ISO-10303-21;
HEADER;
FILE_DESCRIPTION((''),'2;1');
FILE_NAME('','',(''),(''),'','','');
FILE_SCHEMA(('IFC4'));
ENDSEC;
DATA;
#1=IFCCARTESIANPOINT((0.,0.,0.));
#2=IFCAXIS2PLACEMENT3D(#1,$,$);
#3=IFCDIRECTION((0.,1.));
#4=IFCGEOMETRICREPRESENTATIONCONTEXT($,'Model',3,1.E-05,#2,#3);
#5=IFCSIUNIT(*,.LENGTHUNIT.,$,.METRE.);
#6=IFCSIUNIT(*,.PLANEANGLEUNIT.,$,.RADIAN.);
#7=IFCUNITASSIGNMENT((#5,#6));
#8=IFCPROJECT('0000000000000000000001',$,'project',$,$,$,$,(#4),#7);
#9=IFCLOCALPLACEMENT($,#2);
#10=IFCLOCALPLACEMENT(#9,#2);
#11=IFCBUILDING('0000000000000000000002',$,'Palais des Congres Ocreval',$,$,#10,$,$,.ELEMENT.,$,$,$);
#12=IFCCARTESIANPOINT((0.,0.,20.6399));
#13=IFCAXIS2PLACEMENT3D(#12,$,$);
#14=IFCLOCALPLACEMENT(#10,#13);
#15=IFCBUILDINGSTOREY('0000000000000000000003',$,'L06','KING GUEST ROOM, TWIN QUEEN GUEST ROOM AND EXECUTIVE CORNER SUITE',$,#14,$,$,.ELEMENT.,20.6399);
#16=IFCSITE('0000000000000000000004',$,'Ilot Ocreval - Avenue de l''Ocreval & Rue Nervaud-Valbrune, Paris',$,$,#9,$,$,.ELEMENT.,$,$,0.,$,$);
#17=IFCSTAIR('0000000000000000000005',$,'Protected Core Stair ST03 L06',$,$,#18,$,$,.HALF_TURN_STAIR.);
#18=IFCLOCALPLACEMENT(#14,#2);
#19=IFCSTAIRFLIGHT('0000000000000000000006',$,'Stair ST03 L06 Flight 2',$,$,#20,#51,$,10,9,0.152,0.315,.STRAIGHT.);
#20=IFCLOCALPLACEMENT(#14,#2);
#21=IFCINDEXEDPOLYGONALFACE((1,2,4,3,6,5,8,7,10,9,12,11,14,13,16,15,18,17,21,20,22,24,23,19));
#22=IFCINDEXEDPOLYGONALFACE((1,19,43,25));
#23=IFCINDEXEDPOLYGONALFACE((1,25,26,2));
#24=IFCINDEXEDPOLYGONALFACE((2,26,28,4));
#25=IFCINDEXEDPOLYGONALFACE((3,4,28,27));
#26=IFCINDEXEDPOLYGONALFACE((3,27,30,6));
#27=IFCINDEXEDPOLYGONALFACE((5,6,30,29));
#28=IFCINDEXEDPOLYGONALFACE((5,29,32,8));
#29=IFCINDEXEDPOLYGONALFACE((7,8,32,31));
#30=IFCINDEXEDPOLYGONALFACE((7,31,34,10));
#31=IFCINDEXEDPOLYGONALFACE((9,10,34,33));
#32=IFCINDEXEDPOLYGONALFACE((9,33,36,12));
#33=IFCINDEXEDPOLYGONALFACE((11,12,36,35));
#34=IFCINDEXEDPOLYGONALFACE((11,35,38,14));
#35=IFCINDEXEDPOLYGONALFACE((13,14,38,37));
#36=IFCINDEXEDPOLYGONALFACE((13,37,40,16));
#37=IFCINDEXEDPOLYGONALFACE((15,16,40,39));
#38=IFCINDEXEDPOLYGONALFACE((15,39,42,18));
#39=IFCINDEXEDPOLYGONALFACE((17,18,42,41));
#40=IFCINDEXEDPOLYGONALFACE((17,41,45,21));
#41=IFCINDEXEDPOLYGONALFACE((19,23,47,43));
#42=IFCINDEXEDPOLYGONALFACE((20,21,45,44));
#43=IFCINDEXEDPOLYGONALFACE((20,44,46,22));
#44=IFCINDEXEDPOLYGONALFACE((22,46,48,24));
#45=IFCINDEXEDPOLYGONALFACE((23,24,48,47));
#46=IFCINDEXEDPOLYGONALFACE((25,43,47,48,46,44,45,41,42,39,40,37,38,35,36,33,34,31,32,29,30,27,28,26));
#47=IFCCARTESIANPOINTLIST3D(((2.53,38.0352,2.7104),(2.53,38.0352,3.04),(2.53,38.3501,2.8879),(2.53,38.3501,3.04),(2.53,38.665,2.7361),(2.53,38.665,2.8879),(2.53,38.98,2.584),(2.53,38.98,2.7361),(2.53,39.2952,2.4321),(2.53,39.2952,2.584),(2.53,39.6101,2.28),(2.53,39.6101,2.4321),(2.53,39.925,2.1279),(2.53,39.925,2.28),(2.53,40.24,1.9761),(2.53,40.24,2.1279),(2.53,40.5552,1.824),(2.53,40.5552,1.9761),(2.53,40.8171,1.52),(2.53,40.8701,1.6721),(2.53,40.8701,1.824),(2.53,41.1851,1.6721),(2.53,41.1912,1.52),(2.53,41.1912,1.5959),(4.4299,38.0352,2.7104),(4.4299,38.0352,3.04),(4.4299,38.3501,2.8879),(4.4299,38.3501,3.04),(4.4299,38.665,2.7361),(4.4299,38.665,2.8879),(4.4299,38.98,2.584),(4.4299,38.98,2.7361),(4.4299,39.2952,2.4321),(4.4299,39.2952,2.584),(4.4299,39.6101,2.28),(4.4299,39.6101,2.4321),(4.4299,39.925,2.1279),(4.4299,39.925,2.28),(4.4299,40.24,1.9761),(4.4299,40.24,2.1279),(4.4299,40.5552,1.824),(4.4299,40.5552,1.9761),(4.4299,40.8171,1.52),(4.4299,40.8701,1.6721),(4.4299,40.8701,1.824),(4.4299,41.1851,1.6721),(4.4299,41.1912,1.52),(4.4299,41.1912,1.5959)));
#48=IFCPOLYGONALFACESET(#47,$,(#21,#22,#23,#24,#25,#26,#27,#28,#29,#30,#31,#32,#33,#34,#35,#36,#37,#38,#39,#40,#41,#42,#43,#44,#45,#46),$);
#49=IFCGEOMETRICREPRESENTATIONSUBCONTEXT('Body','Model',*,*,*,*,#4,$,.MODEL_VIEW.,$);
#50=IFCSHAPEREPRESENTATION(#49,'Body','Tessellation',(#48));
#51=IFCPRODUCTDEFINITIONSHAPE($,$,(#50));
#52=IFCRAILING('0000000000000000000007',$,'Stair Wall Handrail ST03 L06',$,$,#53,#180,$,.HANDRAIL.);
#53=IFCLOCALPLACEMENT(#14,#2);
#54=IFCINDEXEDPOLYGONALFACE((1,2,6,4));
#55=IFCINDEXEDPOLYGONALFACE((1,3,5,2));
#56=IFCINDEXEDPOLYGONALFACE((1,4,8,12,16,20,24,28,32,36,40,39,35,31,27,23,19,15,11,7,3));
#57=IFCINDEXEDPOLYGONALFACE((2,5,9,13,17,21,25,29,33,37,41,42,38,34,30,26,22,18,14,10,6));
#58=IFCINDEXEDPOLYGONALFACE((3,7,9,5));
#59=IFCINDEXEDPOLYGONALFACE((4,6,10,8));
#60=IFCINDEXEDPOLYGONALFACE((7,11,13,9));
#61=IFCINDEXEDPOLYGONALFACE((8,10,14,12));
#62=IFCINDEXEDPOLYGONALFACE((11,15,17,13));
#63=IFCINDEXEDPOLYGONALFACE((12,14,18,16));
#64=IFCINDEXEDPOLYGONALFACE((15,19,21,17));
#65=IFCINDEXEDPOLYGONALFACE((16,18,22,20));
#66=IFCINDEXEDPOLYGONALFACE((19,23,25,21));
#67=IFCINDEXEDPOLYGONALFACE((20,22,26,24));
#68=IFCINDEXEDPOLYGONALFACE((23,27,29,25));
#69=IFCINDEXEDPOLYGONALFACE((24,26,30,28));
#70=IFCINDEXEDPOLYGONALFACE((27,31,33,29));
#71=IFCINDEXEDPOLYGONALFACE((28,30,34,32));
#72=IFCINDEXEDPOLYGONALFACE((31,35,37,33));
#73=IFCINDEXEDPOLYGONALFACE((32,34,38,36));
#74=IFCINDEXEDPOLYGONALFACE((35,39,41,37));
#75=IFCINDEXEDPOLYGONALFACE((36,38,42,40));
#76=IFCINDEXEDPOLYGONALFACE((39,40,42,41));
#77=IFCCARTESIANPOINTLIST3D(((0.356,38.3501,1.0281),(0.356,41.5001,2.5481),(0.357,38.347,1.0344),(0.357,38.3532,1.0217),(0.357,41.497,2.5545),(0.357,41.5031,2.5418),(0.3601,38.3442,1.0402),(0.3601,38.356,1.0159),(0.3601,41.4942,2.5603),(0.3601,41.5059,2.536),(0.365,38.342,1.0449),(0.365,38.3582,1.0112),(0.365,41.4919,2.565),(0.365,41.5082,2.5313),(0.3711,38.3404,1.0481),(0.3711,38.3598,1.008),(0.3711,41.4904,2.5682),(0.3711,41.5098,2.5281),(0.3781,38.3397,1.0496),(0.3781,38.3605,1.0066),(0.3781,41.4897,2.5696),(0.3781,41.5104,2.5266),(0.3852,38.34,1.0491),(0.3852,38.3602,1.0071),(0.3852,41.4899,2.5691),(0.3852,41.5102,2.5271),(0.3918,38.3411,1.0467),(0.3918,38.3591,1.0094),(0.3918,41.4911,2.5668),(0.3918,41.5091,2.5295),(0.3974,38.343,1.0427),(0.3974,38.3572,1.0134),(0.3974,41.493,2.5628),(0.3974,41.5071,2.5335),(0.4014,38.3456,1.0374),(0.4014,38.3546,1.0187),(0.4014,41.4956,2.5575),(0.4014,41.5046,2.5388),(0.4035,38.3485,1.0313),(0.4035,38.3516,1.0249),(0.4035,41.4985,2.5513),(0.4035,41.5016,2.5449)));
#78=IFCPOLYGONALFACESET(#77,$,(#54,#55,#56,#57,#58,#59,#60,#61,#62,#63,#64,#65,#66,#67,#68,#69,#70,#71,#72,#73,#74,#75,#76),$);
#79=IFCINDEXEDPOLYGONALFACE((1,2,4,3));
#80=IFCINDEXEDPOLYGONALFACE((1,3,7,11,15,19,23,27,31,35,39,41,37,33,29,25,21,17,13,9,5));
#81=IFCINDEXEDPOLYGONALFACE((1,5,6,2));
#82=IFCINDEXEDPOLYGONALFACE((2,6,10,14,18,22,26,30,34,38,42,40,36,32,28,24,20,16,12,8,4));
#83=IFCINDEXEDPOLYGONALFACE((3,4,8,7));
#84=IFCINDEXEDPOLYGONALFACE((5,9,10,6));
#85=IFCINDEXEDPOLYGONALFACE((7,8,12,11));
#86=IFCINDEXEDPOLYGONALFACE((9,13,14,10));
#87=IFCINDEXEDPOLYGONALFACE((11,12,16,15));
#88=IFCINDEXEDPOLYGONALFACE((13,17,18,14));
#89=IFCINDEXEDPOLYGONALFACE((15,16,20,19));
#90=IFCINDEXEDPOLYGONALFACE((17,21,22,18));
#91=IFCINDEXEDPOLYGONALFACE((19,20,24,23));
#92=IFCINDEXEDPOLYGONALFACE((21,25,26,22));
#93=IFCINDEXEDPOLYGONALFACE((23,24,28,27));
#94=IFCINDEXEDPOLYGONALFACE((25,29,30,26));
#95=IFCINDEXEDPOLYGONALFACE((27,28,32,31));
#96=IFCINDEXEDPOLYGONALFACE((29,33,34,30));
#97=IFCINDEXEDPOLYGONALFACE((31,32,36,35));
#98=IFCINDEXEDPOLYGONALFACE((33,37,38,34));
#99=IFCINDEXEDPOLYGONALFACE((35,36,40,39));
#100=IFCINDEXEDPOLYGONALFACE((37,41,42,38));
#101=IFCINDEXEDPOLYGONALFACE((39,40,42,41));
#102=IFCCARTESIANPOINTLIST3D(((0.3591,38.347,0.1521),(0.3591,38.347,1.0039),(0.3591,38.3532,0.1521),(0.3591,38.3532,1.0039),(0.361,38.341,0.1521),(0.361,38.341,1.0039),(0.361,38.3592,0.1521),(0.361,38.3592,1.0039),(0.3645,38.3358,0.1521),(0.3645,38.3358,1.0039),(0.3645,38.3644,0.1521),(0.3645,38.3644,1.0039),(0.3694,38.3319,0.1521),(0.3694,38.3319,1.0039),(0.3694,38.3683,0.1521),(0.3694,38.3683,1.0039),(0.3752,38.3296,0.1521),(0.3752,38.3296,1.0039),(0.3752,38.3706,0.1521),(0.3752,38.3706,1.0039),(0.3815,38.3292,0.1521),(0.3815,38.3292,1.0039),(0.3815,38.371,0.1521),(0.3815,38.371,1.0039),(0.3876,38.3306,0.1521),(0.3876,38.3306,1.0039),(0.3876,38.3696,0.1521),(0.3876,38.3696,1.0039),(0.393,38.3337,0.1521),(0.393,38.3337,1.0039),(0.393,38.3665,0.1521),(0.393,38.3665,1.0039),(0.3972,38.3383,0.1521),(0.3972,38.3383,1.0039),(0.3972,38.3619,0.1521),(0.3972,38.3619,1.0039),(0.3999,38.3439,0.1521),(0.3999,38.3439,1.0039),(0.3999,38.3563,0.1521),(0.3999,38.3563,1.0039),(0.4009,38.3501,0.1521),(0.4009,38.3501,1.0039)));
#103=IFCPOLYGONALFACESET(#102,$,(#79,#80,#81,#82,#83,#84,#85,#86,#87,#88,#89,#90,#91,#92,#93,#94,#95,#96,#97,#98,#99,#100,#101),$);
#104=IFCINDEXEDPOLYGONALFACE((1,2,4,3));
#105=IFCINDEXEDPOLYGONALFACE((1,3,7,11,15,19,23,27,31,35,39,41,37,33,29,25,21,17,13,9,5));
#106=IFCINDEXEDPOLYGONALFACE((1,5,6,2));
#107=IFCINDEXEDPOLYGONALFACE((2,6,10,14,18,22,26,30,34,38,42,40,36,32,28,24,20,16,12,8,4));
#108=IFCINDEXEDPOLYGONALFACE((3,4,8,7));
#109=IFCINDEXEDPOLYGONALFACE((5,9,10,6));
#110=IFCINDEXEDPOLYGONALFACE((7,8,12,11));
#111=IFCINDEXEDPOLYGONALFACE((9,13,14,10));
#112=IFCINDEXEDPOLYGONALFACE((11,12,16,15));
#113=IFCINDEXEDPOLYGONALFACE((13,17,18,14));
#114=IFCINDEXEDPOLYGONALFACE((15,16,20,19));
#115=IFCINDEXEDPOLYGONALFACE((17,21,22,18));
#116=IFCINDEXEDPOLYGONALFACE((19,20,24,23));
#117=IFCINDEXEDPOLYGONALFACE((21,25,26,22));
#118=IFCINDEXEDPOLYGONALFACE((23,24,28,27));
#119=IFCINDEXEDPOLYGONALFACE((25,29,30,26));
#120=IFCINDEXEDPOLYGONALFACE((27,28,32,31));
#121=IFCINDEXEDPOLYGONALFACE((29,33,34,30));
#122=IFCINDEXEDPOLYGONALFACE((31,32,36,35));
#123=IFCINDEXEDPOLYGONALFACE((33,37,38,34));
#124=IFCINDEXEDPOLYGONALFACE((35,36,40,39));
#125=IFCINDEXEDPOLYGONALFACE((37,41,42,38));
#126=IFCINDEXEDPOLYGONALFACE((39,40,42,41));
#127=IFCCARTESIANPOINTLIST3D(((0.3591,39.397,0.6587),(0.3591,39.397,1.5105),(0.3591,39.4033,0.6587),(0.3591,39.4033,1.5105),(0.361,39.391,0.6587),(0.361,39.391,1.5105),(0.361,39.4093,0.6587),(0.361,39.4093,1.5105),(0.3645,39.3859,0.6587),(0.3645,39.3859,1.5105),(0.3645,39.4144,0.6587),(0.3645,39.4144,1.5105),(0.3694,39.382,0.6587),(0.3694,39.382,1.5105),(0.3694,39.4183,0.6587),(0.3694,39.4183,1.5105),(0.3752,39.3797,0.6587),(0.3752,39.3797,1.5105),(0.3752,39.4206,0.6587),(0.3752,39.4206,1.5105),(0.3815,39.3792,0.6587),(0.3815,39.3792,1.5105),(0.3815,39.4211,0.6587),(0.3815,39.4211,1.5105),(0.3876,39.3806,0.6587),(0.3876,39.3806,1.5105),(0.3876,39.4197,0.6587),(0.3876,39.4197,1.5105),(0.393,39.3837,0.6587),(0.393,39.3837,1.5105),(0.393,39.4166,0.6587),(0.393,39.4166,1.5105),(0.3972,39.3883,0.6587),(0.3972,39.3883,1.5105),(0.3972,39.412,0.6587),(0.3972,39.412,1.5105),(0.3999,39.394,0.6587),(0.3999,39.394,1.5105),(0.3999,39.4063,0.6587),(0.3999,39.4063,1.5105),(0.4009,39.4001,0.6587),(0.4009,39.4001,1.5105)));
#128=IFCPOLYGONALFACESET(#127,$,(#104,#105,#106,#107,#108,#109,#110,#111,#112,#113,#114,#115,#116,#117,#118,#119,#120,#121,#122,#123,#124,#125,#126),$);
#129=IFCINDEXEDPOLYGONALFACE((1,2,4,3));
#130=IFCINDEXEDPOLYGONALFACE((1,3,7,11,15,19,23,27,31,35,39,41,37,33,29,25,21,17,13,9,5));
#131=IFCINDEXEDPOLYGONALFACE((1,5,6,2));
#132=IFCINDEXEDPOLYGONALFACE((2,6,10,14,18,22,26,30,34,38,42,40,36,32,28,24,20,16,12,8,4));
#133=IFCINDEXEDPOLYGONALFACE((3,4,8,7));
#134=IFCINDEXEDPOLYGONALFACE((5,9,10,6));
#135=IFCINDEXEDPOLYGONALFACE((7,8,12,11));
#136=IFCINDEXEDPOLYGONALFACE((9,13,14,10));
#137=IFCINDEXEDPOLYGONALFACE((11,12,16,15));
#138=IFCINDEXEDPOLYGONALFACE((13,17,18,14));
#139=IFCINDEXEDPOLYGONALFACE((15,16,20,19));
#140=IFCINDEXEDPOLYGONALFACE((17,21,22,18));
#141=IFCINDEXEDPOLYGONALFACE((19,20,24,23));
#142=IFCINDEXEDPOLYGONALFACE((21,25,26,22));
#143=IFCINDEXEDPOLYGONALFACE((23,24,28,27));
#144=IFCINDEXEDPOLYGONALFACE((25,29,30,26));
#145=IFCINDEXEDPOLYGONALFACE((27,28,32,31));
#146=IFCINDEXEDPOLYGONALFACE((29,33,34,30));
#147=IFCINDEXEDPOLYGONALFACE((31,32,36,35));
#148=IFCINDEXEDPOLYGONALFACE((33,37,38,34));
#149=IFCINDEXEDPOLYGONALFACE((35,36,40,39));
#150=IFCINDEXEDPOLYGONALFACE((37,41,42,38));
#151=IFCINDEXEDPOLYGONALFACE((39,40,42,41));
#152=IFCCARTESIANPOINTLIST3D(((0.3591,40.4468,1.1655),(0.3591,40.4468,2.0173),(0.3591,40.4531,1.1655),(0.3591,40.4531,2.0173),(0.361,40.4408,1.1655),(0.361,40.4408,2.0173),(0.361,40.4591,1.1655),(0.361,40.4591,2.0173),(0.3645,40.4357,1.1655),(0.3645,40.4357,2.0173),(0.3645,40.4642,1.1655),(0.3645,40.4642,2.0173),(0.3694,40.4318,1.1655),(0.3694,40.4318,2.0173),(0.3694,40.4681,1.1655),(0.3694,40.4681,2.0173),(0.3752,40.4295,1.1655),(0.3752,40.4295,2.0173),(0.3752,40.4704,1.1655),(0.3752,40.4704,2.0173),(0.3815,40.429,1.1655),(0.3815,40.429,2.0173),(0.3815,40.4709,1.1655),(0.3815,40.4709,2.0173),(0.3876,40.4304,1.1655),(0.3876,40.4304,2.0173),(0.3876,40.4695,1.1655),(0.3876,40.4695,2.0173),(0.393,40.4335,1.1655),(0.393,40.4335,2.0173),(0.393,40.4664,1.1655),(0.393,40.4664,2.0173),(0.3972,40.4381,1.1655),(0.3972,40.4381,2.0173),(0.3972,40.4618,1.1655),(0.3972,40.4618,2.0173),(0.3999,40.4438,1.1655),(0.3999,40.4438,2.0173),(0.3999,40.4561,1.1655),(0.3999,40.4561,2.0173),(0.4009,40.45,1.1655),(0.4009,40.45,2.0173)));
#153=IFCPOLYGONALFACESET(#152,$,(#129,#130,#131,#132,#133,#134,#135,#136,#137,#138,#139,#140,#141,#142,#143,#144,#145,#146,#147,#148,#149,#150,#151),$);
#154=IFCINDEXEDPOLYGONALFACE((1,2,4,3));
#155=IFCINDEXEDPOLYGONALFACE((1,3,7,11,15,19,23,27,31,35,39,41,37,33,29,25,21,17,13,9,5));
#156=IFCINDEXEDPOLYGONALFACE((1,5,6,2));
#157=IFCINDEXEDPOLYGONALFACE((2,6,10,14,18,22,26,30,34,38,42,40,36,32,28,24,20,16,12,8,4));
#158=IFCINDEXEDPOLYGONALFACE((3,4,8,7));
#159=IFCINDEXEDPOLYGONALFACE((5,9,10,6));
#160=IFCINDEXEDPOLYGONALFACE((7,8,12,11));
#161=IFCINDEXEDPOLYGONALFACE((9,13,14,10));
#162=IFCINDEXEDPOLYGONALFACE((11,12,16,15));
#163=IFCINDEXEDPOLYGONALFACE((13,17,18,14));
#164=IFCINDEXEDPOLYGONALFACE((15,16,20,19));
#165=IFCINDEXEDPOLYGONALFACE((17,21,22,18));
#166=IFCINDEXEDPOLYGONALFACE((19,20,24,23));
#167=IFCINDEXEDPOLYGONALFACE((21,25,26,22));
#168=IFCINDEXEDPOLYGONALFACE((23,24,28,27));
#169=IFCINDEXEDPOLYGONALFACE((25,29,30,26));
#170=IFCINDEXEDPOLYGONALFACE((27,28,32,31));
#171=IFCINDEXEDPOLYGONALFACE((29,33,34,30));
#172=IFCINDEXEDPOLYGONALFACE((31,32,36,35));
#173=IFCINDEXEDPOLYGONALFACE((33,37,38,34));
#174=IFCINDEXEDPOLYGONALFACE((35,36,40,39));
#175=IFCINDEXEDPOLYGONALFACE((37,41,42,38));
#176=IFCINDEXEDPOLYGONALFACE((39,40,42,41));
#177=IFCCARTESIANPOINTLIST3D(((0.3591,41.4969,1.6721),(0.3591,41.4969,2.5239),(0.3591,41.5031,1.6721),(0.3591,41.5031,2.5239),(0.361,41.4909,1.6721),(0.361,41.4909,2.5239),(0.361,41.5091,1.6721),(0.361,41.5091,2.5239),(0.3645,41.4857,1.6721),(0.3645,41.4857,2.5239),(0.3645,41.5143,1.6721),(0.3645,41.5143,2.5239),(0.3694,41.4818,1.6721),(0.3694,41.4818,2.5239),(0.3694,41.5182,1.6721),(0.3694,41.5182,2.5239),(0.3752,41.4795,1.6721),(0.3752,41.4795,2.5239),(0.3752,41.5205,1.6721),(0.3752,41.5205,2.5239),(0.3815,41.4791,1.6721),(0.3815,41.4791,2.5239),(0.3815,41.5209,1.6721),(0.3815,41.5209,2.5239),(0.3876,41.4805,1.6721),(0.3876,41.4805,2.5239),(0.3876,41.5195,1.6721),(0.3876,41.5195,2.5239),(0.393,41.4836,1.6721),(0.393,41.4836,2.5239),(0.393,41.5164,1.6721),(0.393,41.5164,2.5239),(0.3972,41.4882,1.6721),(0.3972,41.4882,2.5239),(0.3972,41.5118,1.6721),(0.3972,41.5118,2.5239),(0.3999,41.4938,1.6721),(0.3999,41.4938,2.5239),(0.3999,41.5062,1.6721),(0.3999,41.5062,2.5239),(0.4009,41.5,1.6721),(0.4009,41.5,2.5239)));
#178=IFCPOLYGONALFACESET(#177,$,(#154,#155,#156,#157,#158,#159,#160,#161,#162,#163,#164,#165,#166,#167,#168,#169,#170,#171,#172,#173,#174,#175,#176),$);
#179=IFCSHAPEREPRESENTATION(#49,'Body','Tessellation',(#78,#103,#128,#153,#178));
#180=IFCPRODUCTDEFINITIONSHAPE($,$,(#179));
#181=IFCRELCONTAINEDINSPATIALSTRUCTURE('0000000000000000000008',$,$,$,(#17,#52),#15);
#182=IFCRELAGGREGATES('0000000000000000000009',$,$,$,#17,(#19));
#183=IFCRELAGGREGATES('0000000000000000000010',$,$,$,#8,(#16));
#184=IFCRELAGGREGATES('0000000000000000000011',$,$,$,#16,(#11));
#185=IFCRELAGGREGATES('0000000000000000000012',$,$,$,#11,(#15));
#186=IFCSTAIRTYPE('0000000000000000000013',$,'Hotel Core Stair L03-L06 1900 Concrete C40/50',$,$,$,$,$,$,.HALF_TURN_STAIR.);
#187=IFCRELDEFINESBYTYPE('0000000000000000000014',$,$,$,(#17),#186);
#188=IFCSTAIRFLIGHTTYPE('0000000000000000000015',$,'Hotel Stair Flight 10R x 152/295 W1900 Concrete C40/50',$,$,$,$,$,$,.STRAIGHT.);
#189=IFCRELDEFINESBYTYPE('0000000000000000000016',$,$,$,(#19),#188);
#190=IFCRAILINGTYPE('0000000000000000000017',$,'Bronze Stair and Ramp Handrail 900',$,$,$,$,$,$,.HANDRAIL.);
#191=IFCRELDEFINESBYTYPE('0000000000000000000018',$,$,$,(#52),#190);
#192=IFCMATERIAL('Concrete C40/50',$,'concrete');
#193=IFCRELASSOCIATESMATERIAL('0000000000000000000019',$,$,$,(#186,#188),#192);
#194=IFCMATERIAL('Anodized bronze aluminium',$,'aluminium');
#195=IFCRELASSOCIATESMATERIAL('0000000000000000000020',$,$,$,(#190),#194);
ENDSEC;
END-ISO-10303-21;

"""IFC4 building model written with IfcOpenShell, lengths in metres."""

from ifc_helpers import new_model, si_unit, direction, frame, origin, origin_2d, place, context, subcontext, project, spatial, polyline, circle, outline, extrude, material, type_object, element, aggregate, save


model = new_model("IFC4")

# Units and contexts
model_context = context("Model", 3, precision=1e-05, world=origin(), true_north=direction((0.0, 1.0)))
body_context = subcontext(model_context, "Body", "Model", "MODEL_VIEW")
ifc_project = project(units=[si_unit("LENGTHUNIT", "METRE"), si_unit("PLANEANGLEUNIT", "RADIAN")], contexts=[model_context])

# Site, building, storey
site_placement = place(None, origin())
site = spatial("IfcSite", under=ifc_project, at=site_placement, Name="Ilot Ocreval - Avenue de l'Ocreval & Rue Nervaud-Valbrune, Paris", CompositionType="ELEMENT", RefElevation=0.0)
building_placement = place(site_placement, origin())
building = spatial("IfcBuilding", under=site, at=building_placement, Name="Palais des Congres Ocreval", CompositionType="ELEMENT")
storey_placement = place(building_placement, frame((0.0, 0.0, 20.6399)))
storey = spatial("IfcBuildingStorey", under=building, at=storey_placement, Name="L06", Description="KING GUEST ROOM, TWIN QUEEN GUEST ROOM AND EXECUTIVE CORNER SUITE", CompositionType="ELEMENT", Elevation=20.6399)

# Shared definitions
ifc_material_1 = material(Name="Concrete C40/50", Category="concrete")

# Stair, stair flight
stair_type = type_object("IfcStairType", Name="Hotel Core Stair L03-L06 1900 Concrete C40/50", PredefinedType="HALF_TURN_STAIR", material=ifc_material_1)
stair_placement = place(storey_placement, origin())
stair = element("IfcStair", 1, at=stair_placement, inside=storey, type_object=stair_type, Name="Protected Core Stair ST03 L06", PredefinedType="HALF_TURN_STAIR")
stair_flight_type = type_object("IfcStairFlightType", Name="Hotel Stair Flight 10R x 152/295 W1900 Concrete C40/50", PredefinedType="STRAIGHT", material=ifc_material_1)
stair_flight_1_placement = place(storey_placement, frame((3.48, 41.1851, 1.52), z_axis=(0.0, 0.0, 1.0), x_axis=(0.0, -1.0, 0.0)))
stair_flight_1 = element("IfcStairFlight", 2, at=stair_flight_1_placement, type_object=stair_flight_type, Name="Stair ST03 L06 Flight 2", NumberOfRisers=10, NumberOfTreads=9, PredefinedType="STRAIGHT", RiserHeight=0.152, TreadLength=0.315, context=body_context, shape_type="SweptSolid", body=[
    extrude(outline(polyline([(-0.0061, 0.0), (-0.0061, 0.0759), (0.0, 0.1521), (0.3149, 0.1521), (0.3149, 0.304), (0.6299, 0.304), (0.6299, 0.4561), (0.9451, 0.4561), (0.9451, 0.6079), (1.26, 0.6079), (1.26, 0.76), (1.575, 0.76), (1.575, 0.9121), (1.8899, 0.9121), (1.8899, 1.064), (2.2051, 1.064), (2.2051, 1.2161), (2.52, 1.2161), (2.52, 1.3679), (2.835, 1.3679), (2.835, 1.52), (3.1499, 1.52), (3.1499, 1.1904), (0.3679, 0.0), (-0.0061, 0.0)])), frame((0.0, 0.95, 0.0), z_axis=(0.0, -1.0, 0.0), x_axis=(1.0, 0.0, 0.0)), (0.0, 0.0, 1.0), 1.8999),
])
aggregate(stair, [stair_flight_1])

# Railing
ifc_material_2 = material(Name="Anodized bronze aluminium", Category="aluminium")
railing_type_1 = type_object("IfcRailingType", Name="Bronze Stair and Ramp Handrail 900", PredefinedType="HANDRAIL", material=ifc_material_2)
railing_1_placement = place(storey_placement, frame((0.3799, 38.3501, 0.1521)))
element("IfcRailing", 3, at=railing_1_placement, inside=storey, type_object=railing_type_1, Name="Stair Wall Handrail ST03 L06", PredefinedType="HANDRAIL", context=body_context, shape_type="SweptSolid", body=[
    extrude(circle(Radius=0.0239, at=origin_2d()), frame((0.0, 0.0, 0.876), z_axis=(0.0, 0.900621, 0.434605), x_axis=(-1.0, 0.0, 0.0)), (0.0, 0.0, 1.0), 3.4976),
    extrude(circle(Radius=0.021, at=origin_2d()), origin(), (0.0, 0.0, 1.0), 0.8518),
    extrude(circle(Radius=0.021, at=origin_2d()), frame((0.0, 1.05, 0.5066)), (0.0, 0.0, 1.0), 0.8518),
    extrude(circle(Radius=0.021, at=origin_2d()), frame((0.0, 2.0999, 1.0134)), (0.0, 0.0, 1.0), 0.8518),
    extrude(circle(Radius=0.021, at=origin_2d()), frame((0.0, 3.1499, 1.52)), (0.0, 0.0, 1.0), 0.8518),
])

save(model, "model.ifc")
